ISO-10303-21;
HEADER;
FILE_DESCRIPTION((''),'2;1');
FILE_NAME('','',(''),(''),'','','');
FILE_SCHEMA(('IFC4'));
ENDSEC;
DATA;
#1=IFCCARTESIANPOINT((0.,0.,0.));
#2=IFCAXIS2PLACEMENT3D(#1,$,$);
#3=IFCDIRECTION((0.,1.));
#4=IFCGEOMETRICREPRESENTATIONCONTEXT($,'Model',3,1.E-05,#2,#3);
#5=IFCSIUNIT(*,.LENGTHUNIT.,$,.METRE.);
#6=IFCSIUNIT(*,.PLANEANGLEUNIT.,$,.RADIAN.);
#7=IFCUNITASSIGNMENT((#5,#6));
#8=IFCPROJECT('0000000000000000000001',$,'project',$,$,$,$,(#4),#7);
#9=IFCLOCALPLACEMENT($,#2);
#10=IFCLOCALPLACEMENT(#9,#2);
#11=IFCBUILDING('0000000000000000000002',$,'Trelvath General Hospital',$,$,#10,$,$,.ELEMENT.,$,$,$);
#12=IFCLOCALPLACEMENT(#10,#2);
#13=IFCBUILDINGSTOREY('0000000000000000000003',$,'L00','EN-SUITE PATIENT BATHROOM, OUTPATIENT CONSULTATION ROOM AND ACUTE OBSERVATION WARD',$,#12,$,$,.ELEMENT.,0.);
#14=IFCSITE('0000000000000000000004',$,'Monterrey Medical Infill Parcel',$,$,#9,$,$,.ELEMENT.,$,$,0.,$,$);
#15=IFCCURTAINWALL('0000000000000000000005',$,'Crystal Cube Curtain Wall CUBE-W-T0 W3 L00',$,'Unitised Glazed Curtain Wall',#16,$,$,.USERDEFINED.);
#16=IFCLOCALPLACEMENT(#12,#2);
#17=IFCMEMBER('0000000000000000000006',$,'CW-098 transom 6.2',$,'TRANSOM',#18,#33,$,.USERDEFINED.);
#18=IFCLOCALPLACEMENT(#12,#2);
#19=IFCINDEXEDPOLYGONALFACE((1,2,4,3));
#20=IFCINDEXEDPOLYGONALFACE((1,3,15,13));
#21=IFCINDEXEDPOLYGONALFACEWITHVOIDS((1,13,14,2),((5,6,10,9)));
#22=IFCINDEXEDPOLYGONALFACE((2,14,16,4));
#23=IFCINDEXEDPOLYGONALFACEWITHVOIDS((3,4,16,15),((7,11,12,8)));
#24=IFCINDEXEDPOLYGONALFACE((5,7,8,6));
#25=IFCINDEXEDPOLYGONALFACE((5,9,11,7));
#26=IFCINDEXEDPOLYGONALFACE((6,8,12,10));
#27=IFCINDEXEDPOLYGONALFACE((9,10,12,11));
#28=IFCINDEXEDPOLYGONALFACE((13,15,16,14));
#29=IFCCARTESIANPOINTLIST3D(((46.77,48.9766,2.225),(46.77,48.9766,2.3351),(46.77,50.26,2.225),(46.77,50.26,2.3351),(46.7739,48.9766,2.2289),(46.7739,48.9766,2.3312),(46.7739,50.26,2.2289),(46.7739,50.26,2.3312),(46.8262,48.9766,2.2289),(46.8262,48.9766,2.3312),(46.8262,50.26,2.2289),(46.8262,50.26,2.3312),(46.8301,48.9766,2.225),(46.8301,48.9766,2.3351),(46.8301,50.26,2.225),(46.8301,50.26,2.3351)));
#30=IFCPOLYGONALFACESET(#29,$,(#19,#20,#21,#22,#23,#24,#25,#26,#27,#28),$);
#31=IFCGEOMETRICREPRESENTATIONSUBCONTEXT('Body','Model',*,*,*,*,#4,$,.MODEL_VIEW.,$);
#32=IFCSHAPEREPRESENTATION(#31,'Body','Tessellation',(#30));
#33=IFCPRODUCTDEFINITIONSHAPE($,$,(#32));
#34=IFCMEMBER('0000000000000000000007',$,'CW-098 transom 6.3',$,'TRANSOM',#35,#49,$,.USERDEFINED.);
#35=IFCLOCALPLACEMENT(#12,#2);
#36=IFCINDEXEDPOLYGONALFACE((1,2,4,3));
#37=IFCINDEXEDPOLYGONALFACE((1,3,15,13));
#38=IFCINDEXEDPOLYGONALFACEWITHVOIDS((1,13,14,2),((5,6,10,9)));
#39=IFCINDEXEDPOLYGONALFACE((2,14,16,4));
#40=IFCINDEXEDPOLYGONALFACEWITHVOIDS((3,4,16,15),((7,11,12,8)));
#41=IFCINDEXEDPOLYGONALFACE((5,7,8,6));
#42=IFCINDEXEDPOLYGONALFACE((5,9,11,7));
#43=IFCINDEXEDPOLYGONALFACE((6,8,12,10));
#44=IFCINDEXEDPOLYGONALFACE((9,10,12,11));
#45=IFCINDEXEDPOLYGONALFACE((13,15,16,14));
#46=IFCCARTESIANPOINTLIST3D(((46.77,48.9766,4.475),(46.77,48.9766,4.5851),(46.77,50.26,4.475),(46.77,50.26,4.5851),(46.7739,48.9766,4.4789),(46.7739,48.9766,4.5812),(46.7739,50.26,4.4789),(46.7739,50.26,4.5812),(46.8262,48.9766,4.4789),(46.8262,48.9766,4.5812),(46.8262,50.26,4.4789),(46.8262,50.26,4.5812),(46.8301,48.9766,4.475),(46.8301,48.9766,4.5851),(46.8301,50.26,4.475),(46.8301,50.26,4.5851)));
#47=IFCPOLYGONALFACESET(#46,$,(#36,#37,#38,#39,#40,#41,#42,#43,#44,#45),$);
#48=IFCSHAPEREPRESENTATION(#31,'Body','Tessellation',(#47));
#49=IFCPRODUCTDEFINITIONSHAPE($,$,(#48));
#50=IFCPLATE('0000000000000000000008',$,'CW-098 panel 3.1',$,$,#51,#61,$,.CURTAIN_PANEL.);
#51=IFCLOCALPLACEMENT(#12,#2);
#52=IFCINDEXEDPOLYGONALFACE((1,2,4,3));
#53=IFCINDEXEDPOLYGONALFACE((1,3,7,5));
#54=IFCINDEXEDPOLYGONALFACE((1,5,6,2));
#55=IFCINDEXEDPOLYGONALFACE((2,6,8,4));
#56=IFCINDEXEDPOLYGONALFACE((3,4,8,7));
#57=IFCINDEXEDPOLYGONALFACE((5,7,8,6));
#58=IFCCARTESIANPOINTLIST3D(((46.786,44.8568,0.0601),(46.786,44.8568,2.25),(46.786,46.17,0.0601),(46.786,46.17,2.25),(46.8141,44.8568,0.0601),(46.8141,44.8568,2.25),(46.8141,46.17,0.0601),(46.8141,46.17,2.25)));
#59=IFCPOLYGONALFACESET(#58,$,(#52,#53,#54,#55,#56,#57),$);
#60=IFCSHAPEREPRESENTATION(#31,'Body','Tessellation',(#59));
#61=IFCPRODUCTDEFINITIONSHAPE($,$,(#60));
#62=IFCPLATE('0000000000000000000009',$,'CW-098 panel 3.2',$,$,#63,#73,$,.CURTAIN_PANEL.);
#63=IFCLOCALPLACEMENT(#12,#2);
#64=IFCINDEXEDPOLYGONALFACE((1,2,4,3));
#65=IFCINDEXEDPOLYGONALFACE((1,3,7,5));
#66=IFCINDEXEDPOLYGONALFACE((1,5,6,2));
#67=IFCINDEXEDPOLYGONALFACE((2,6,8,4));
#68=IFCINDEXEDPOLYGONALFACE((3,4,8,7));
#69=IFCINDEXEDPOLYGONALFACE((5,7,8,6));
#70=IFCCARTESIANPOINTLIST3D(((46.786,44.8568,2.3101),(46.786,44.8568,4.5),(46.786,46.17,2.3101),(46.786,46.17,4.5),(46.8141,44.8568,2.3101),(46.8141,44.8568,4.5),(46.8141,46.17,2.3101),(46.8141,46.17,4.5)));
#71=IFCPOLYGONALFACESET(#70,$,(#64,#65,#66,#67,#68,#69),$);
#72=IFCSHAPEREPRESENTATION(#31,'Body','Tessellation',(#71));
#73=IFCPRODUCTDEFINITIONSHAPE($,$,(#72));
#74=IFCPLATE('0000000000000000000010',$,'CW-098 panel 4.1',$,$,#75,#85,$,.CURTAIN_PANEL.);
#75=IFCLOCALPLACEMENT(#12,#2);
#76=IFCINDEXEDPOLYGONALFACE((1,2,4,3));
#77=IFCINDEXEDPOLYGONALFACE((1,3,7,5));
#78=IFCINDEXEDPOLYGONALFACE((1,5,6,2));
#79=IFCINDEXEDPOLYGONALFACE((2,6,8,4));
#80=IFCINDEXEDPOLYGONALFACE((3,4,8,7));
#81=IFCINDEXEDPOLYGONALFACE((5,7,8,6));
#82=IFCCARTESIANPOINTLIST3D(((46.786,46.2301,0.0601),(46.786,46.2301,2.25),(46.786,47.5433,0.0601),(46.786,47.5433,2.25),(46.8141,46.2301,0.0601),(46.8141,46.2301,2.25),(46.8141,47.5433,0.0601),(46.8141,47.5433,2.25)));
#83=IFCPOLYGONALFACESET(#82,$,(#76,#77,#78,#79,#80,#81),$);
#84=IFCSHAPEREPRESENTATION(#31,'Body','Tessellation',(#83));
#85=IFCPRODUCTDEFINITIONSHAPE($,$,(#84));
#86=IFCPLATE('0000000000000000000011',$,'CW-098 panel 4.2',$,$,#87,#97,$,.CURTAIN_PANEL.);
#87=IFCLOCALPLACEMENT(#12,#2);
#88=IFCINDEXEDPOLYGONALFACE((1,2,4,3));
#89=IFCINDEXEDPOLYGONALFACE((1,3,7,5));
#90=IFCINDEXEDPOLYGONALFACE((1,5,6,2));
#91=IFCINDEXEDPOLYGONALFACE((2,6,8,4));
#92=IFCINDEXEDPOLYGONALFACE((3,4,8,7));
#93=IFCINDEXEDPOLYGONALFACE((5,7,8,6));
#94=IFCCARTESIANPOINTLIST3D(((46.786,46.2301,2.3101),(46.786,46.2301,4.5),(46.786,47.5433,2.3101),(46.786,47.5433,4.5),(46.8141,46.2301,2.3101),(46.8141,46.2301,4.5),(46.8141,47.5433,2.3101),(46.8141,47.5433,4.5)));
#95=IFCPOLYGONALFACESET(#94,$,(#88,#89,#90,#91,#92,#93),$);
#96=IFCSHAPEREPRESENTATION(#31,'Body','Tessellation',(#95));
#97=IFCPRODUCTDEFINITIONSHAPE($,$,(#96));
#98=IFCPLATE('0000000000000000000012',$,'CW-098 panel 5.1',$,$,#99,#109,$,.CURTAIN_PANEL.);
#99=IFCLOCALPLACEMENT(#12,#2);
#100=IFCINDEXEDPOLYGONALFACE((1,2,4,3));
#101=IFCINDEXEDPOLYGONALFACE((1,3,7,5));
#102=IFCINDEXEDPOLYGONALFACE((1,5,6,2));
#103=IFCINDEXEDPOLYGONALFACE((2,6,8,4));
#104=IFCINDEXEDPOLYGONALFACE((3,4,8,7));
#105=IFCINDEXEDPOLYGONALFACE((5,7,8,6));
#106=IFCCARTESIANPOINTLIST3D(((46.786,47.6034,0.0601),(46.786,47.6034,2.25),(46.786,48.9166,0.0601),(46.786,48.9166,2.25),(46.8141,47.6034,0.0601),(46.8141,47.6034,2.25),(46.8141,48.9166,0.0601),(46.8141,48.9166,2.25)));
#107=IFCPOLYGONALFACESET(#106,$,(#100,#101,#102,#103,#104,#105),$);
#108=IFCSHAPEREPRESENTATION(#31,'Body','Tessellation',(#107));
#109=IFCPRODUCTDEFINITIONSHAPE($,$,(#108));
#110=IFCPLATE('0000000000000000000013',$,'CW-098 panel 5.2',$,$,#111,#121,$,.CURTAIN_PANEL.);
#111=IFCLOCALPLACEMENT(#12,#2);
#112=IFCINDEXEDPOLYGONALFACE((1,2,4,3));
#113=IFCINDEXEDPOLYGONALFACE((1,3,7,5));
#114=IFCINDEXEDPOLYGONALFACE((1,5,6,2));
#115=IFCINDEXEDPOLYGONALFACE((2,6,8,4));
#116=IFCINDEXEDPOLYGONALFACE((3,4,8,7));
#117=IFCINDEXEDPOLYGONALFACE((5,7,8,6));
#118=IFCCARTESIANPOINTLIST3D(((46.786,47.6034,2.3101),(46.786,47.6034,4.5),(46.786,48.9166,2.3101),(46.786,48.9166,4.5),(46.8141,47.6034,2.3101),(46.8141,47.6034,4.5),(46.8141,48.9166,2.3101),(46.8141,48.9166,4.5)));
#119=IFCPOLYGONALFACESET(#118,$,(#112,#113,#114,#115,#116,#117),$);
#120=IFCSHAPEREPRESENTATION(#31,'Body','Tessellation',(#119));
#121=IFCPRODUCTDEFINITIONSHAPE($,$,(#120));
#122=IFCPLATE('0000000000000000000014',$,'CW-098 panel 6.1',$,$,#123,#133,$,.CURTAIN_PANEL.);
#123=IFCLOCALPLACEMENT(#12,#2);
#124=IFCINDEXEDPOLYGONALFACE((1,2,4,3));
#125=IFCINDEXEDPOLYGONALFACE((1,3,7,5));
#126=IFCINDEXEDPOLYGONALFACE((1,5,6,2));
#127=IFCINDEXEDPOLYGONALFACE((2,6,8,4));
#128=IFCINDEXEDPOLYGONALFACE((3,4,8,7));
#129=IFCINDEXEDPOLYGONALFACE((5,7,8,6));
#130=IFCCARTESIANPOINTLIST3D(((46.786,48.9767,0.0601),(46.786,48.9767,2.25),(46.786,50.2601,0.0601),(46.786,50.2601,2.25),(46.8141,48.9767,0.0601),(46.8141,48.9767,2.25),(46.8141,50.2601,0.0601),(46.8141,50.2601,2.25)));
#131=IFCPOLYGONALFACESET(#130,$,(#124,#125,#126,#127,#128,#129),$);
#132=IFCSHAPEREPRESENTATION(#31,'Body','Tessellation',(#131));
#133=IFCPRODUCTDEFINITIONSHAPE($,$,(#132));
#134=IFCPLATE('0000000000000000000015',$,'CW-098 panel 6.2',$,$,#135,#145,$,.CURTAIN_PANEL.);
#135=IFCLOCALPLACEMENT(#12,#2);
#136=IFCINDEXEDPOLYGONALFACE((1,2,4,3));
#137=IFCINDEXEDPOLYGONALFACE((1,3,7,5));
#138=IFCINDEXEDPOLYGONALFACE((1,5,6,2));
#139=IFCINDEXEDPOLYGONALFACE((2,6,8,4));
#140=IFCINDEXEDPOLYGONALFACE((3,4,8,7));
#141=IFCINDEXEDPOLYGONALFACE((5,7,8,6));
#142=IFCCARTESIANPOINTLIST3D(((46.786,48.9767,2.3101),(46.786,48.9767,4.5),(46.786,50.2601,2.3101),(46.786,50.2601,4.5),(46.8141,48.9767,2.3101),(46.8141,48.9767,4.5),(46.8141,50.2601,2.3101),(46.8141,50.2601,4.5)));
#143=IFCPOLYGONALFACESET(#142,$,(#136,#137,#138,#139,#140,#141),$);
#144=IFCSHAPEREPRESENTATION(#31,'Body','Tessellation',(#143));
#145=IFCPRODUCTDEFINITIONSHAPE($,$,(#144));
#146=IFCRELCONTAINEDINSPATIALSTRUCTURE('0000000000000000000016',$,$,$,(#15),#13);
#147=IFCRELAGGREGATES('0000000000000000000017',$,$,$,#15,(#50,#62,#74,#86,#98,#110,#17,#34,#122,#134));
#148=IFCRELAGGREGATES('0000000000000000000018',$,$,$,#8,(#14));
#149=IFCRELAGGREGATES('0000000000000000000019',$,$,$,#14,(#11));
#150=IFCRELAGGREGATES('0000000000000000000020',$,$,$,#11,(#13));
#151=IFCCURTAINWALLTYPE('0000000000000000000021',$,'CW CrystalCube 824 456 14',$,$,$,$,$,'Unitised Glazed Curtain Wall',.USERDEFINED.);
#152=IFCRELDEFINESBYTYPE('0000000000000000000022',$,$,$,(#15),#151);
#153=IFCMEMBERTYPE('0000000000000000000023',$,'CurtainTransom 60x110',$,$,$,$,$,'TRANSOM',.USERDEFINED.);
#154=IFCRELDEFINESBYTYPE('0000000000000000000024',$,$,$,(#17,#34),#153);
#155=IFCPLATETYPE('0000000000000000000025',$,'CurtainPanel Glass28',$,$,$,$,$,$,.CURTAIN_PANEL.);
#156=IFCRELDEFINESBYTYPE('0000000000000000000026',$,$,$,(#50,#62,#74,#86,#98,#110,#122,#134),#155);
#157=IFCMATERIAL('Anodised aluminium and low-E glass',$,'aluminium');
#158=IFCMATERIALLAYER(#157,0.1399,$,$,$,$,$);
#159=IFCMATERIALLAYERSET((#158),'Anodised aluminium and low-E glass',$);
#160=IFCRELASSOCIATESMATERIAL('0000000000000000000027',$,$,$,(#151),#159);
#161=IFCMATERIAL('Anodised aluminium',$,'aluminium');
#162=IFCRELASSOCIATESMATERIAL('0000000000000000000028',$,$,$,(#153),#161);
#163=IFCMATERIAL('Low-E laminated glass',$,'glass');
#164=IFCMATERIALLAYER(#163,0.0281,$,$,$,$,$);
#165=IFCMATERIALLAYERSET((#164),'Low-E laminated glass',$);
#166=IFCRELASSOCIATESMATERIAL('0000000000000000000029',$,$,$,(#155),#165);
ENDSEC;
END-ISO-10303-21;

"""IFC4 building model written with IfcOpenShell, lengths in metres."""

from ifc_helpers import new_model, si_unit, direction, frame, origin, origin_2d, place, context, subcontext, project, spatial, rectangle, hollow_rectangle, extrude, material, layer, layer_set, material_profile, profile_set, type_object, element, aggregate, save


model = new_model("IFC4")

# Units and contexts
model_context = context("Model", 3, precision=1e-05, world=origin(), true_north=direction((0.0, 1.0)))
body_context = subcontext(model_context, "Body", "Model", "MODEL_VIEW")
ifc_project = project(units=[si_unit("LENGTHUNIT", "METRE"), si_unit("PLANEANGLEUNIT", "RADIAN")], contexts=[model_context])

# Site, building, storey
site_placement = place(None, origin())
site = spatial("IfcSite", under=ifc_project, at=site_placement, Name="Monterrey Medical Infill Parcel", CompositionType="ELEMENT", RefElevation=0.0)
building_placement = place(site_placement, origin())
building = spatial("IfcBuilding", under=site, at=building_placement, Name="Trelvath General Hospital", CompositionType="ELEMENT")
storey_placement = place(building_placement, origin())
storey = spatial("IfcBuildingStorey", under=building, at=storey_placement, Name="L00", Description="EN-SUITE PATIENT BATHROOM, OUTPATIENT CONSULTATION ROOM AND ACUTE OBSERVATION WARD", CompositionType="ELEMENT", Elevation=0.0)

# Curtain wall, members, plates
ifc_material_1 = material(Name="Anodised aluminium and low-E glass", Category="aluminium")
ifc_layer_1 = layer(ifc_material_1, 0.1399)
ifc_layer_set_1 = layer_set([ifc_layer_1], Name="Anodised aluminium and low-E glass")
curtain_wall_type = type_object("IfcCurtainWallType", Name="CW CrystalCube 824 456 14", ElementType="Unitised Glazed Curtain Wall", PredefinedType="USERDEFINED", material=ifc_layer_set_1)
curtain_wall_placement = place(storey_placement, origin())
curtain_wall = element("IfcCurtainWall", 1, at=curtain_wall_placement, inside=storey, type_object=curtain_wall_type, Name="Crystal Cube Curtain Wall CUBE-W-T0 W3 L00", ObjectType="Unitised Glazed Curtain Wall", PredefinedType="USERDEFINED")
ifc_material_2 = material(Name="Anodised aluminium", Category="aluminium")
ifc_material_profile_1 = material_profile(ifc_material_2, hollow_rectangle(XDim=0.0601, YDim=0.1101, WallThickness=0.0039, at=origin_2d()), Name="RHS60x110x4")
ifc_profile_set_1 = profile_set([ifc_material_profile_1], Name="Anodised aluminium")
member_type_1 = type_object("IfcMemberType", Name="CurtainTransom 60x110", ElementType="TRANSOM", PredefinedType="USERDEFINED", material=ifc_profile_set_1)
member_1_placement = place(storey_placement, frame((46.8, 48.9766, 2.28), z_axis=(0.0, 1.0, 0.0), x_axis=(-1.0, 0.0, 0.0)))
member_1 = element("IfcMember", 2, at=member_1_placement, type_object=member_type_1, Name="CW-098 transom 6.2", ObjectType="TRANSOM", PredefinedType="USERDEFINED", context=body_context, shape_type="SweptSolid", body=[
    extrude(hollow_rectangle(XDim=0.0601, YDim=0.1101, WallThickness=0.0039, at=origin_2d()), origin(), (0.0, 0.0, 1.0), 1.2834),
])
member_2_placement = place(storey_placement, frame((46.8, 48.9766, 4.53), z_axis=(0.0, 1.0, 0.0), x_axis=(-1.0, 0.0, 0.0)))
member_2 = element("IfcMember", 3, at=member_2_placement, type_object=member_type_1, Name="CW-098 transom 6.3", ObjectType="TRANSOM", PredefinedType="USERDEFINED", context=body_context, shape_type="SweptSolid", body=[
    extrude(hollow_rectangle(XDim=0.0601, YDim=0.1101, WallThickness=0.0039, at=origin_2d()), origin(), (0.0, 0.0, 1.0), 1.2834),
])
ifc_material_3 = material(Name="Low-E laminated glass", Category="glass")
ifc_layer_2 = layer(ifc_material_3, 0.0281)
ifc_layer_set_2 = layer_set([ifc_layer_2], Name="Low-E laminated glass")
plate_type = type_object("IfcPlateType", Name="CurtainPanel Glass28", PredefinedType="CURTAIN_PANEL", material=ifc_layer_set_2)
plate_1_placement = place(storey_placement, frame((46.8, 45.5134, 0.0601), z_axis=(0.0, 0.0, 1.0), x_axis=(0.0, 1.0, 0.0)))
plate_1 = element("IfcPlate", 4, at=plate_1_placement, type_object=plate_type, Name="CW-098 panel 3.1", PredefinedType="CURTAIN_PANEL", context=body_context, shape_type="SweptSolid", body=[
    extrude(rectangle(XDim=1.3132, YDim=0.0281, at=origin_2d()), origin(), (0.0, 0.0, 1.0), 2.1899),
])
plate_2_placement = place(storey_placement, frame((46.8, 45.5134, 2.3101), z_axis=(0.0, 0.0, 1.0), x_axis=(0.0, 1.0, 0.0)))
plate_2 = element("IfcPlate", 5, at=plate_2_placement, type_object=plate_type, Name="CW-098 panel 3.2", PredefinedType="CURTAIN_PANEL", context=body_context, shape_type="SweptSolid", body=[
    extrude(rectangle(XDim=1.3132, YDim=0.0281, at=origin_2d()), origin(), (0.0, 0.0, 1.0), 2.1899),
])
plate_3_placement = place(storey_placement, frame((46.8, 46.8867, 0.0601), z_axis=(0.0, 0.0, 1.0), x_axis=(0.0, 1.0, 0.0)))
plate_3 = element("IfcPlate", 6, at=plate_3_placement, type_object=plate_type, Name="CW-098 panel 4.1", PredefinedType="CURTAIN_PANEL", context=body_context, shape_type="SweptSolid", body=[
    extrude(rectangle(XDim=1.3132, YDim=0.0281, at=origin_2d()), origin(), (0.0, 0.0, 1.0), 2.1899),
])
plate_4_placement = place(storey_placement, frame((46.8, 46.8867, 2.3101), z_axis=(0.0, 0.0, 1.0), x_axis=(0.0, 1.0, 0.0)))
plate_4 = element("IfcPlate", 7, at=plate_4_placement, type_object=plate_type, Name="CW-098 panel 4.2", PredefinedType="CURTAIN_PANEL", context=body_context, shape_type="SweptSolid", body=[
    extrude(rectangle(XDim=1.3132, YDim=0.0281, at=origin_2d()), origin(), (0.0, 0.0, 1.0), 2.1899),
])
plate_5_placement = place(storey_placement, frame((46.8, 48.26, 0.0601), z_axis=(0.0, 0.0, 1.0), x_axis=(0.0, 1.0, 0.0)))
plate_5 = element("IfcPlate", 8, at=plate_5_placement, type_object=plate_type, Name="CW-098 panel 5.1", PredefinedType="CURTAIN_PANEL", context=body_context, shape_type="SweptSolid", body=[
    extrude(rectangle(XDim=1.3132, YDim=0.0281, at=origin_2d()), origin(), (0.0, 0.0, 1.0), 2.1899),
])
plate_6_placement = place(storey_placement, frame((46.8, 48.26, 2.3101), z_axis=(0.0, 0.0, 1.0), x_axis=(0.0, 1.0, 0.0)))
plate_6 = element("IfcPlate", 9, at=plate_6_placement, type_object=plate_type, Name="CW-098 panel 5.2", PredefinedType="CURTAIN_PANEL", context=body_context, shape_type="SweptSolid", body=[
    extrude(rectangle(XDim=1.3132, YDim=0.0281, at=origin_2d()), origin(), (0.0, 0.0, 1.0), 2.1899),
])
plate_7_placement = place(storey_placement, frame((46.8, 49.6184, 0.0601), z_axis=(0.0, 0.0, 1.0), x_axis=(0.0, 1.0, 0.0)))
plate_7 = element("IfcPlate", 10, at=plate_7_placement, type_object=plate_type, Name="CW-098 panel 6.1", PredefinedType="CURTAIN_PANEL", context=body_context, shape_type="SweptSolid", body=[
    extrude(rectangle(XDim=1.2834, YDim=0.0281, at=origin_2d()), origin(), (0.0, 0.0, 1.0), 2.1899),
])
plate_8_placement = place(storey_placement, frame((46.8, 49.6184, 2.3101), z_axis=(0.0, 0.0, 1.0), x_axis=(0.0, 1.0, 0.0)))
plate_8 = element("IfcPlate", 11, at=plate_8_placement, type_object=plate_type, Name="CW-098 panel 6.2", PredefinedType="CURTAIN_PANEL", context=body_context, shape_type="SweptSolid", body=[
    extrude(rectangle(XDim=1.2834, YDim=0.0281, at=origin_2d()), origin(), (0.0, 0.0, 1.0), 2.1899),
])
aggregate(curtain_wall, [plate_1, plate_2, plate_3, plate_4, plate_5, plate_6, member_1, member_2, plate_7, plate_8])

save(model, "model.ifc")
